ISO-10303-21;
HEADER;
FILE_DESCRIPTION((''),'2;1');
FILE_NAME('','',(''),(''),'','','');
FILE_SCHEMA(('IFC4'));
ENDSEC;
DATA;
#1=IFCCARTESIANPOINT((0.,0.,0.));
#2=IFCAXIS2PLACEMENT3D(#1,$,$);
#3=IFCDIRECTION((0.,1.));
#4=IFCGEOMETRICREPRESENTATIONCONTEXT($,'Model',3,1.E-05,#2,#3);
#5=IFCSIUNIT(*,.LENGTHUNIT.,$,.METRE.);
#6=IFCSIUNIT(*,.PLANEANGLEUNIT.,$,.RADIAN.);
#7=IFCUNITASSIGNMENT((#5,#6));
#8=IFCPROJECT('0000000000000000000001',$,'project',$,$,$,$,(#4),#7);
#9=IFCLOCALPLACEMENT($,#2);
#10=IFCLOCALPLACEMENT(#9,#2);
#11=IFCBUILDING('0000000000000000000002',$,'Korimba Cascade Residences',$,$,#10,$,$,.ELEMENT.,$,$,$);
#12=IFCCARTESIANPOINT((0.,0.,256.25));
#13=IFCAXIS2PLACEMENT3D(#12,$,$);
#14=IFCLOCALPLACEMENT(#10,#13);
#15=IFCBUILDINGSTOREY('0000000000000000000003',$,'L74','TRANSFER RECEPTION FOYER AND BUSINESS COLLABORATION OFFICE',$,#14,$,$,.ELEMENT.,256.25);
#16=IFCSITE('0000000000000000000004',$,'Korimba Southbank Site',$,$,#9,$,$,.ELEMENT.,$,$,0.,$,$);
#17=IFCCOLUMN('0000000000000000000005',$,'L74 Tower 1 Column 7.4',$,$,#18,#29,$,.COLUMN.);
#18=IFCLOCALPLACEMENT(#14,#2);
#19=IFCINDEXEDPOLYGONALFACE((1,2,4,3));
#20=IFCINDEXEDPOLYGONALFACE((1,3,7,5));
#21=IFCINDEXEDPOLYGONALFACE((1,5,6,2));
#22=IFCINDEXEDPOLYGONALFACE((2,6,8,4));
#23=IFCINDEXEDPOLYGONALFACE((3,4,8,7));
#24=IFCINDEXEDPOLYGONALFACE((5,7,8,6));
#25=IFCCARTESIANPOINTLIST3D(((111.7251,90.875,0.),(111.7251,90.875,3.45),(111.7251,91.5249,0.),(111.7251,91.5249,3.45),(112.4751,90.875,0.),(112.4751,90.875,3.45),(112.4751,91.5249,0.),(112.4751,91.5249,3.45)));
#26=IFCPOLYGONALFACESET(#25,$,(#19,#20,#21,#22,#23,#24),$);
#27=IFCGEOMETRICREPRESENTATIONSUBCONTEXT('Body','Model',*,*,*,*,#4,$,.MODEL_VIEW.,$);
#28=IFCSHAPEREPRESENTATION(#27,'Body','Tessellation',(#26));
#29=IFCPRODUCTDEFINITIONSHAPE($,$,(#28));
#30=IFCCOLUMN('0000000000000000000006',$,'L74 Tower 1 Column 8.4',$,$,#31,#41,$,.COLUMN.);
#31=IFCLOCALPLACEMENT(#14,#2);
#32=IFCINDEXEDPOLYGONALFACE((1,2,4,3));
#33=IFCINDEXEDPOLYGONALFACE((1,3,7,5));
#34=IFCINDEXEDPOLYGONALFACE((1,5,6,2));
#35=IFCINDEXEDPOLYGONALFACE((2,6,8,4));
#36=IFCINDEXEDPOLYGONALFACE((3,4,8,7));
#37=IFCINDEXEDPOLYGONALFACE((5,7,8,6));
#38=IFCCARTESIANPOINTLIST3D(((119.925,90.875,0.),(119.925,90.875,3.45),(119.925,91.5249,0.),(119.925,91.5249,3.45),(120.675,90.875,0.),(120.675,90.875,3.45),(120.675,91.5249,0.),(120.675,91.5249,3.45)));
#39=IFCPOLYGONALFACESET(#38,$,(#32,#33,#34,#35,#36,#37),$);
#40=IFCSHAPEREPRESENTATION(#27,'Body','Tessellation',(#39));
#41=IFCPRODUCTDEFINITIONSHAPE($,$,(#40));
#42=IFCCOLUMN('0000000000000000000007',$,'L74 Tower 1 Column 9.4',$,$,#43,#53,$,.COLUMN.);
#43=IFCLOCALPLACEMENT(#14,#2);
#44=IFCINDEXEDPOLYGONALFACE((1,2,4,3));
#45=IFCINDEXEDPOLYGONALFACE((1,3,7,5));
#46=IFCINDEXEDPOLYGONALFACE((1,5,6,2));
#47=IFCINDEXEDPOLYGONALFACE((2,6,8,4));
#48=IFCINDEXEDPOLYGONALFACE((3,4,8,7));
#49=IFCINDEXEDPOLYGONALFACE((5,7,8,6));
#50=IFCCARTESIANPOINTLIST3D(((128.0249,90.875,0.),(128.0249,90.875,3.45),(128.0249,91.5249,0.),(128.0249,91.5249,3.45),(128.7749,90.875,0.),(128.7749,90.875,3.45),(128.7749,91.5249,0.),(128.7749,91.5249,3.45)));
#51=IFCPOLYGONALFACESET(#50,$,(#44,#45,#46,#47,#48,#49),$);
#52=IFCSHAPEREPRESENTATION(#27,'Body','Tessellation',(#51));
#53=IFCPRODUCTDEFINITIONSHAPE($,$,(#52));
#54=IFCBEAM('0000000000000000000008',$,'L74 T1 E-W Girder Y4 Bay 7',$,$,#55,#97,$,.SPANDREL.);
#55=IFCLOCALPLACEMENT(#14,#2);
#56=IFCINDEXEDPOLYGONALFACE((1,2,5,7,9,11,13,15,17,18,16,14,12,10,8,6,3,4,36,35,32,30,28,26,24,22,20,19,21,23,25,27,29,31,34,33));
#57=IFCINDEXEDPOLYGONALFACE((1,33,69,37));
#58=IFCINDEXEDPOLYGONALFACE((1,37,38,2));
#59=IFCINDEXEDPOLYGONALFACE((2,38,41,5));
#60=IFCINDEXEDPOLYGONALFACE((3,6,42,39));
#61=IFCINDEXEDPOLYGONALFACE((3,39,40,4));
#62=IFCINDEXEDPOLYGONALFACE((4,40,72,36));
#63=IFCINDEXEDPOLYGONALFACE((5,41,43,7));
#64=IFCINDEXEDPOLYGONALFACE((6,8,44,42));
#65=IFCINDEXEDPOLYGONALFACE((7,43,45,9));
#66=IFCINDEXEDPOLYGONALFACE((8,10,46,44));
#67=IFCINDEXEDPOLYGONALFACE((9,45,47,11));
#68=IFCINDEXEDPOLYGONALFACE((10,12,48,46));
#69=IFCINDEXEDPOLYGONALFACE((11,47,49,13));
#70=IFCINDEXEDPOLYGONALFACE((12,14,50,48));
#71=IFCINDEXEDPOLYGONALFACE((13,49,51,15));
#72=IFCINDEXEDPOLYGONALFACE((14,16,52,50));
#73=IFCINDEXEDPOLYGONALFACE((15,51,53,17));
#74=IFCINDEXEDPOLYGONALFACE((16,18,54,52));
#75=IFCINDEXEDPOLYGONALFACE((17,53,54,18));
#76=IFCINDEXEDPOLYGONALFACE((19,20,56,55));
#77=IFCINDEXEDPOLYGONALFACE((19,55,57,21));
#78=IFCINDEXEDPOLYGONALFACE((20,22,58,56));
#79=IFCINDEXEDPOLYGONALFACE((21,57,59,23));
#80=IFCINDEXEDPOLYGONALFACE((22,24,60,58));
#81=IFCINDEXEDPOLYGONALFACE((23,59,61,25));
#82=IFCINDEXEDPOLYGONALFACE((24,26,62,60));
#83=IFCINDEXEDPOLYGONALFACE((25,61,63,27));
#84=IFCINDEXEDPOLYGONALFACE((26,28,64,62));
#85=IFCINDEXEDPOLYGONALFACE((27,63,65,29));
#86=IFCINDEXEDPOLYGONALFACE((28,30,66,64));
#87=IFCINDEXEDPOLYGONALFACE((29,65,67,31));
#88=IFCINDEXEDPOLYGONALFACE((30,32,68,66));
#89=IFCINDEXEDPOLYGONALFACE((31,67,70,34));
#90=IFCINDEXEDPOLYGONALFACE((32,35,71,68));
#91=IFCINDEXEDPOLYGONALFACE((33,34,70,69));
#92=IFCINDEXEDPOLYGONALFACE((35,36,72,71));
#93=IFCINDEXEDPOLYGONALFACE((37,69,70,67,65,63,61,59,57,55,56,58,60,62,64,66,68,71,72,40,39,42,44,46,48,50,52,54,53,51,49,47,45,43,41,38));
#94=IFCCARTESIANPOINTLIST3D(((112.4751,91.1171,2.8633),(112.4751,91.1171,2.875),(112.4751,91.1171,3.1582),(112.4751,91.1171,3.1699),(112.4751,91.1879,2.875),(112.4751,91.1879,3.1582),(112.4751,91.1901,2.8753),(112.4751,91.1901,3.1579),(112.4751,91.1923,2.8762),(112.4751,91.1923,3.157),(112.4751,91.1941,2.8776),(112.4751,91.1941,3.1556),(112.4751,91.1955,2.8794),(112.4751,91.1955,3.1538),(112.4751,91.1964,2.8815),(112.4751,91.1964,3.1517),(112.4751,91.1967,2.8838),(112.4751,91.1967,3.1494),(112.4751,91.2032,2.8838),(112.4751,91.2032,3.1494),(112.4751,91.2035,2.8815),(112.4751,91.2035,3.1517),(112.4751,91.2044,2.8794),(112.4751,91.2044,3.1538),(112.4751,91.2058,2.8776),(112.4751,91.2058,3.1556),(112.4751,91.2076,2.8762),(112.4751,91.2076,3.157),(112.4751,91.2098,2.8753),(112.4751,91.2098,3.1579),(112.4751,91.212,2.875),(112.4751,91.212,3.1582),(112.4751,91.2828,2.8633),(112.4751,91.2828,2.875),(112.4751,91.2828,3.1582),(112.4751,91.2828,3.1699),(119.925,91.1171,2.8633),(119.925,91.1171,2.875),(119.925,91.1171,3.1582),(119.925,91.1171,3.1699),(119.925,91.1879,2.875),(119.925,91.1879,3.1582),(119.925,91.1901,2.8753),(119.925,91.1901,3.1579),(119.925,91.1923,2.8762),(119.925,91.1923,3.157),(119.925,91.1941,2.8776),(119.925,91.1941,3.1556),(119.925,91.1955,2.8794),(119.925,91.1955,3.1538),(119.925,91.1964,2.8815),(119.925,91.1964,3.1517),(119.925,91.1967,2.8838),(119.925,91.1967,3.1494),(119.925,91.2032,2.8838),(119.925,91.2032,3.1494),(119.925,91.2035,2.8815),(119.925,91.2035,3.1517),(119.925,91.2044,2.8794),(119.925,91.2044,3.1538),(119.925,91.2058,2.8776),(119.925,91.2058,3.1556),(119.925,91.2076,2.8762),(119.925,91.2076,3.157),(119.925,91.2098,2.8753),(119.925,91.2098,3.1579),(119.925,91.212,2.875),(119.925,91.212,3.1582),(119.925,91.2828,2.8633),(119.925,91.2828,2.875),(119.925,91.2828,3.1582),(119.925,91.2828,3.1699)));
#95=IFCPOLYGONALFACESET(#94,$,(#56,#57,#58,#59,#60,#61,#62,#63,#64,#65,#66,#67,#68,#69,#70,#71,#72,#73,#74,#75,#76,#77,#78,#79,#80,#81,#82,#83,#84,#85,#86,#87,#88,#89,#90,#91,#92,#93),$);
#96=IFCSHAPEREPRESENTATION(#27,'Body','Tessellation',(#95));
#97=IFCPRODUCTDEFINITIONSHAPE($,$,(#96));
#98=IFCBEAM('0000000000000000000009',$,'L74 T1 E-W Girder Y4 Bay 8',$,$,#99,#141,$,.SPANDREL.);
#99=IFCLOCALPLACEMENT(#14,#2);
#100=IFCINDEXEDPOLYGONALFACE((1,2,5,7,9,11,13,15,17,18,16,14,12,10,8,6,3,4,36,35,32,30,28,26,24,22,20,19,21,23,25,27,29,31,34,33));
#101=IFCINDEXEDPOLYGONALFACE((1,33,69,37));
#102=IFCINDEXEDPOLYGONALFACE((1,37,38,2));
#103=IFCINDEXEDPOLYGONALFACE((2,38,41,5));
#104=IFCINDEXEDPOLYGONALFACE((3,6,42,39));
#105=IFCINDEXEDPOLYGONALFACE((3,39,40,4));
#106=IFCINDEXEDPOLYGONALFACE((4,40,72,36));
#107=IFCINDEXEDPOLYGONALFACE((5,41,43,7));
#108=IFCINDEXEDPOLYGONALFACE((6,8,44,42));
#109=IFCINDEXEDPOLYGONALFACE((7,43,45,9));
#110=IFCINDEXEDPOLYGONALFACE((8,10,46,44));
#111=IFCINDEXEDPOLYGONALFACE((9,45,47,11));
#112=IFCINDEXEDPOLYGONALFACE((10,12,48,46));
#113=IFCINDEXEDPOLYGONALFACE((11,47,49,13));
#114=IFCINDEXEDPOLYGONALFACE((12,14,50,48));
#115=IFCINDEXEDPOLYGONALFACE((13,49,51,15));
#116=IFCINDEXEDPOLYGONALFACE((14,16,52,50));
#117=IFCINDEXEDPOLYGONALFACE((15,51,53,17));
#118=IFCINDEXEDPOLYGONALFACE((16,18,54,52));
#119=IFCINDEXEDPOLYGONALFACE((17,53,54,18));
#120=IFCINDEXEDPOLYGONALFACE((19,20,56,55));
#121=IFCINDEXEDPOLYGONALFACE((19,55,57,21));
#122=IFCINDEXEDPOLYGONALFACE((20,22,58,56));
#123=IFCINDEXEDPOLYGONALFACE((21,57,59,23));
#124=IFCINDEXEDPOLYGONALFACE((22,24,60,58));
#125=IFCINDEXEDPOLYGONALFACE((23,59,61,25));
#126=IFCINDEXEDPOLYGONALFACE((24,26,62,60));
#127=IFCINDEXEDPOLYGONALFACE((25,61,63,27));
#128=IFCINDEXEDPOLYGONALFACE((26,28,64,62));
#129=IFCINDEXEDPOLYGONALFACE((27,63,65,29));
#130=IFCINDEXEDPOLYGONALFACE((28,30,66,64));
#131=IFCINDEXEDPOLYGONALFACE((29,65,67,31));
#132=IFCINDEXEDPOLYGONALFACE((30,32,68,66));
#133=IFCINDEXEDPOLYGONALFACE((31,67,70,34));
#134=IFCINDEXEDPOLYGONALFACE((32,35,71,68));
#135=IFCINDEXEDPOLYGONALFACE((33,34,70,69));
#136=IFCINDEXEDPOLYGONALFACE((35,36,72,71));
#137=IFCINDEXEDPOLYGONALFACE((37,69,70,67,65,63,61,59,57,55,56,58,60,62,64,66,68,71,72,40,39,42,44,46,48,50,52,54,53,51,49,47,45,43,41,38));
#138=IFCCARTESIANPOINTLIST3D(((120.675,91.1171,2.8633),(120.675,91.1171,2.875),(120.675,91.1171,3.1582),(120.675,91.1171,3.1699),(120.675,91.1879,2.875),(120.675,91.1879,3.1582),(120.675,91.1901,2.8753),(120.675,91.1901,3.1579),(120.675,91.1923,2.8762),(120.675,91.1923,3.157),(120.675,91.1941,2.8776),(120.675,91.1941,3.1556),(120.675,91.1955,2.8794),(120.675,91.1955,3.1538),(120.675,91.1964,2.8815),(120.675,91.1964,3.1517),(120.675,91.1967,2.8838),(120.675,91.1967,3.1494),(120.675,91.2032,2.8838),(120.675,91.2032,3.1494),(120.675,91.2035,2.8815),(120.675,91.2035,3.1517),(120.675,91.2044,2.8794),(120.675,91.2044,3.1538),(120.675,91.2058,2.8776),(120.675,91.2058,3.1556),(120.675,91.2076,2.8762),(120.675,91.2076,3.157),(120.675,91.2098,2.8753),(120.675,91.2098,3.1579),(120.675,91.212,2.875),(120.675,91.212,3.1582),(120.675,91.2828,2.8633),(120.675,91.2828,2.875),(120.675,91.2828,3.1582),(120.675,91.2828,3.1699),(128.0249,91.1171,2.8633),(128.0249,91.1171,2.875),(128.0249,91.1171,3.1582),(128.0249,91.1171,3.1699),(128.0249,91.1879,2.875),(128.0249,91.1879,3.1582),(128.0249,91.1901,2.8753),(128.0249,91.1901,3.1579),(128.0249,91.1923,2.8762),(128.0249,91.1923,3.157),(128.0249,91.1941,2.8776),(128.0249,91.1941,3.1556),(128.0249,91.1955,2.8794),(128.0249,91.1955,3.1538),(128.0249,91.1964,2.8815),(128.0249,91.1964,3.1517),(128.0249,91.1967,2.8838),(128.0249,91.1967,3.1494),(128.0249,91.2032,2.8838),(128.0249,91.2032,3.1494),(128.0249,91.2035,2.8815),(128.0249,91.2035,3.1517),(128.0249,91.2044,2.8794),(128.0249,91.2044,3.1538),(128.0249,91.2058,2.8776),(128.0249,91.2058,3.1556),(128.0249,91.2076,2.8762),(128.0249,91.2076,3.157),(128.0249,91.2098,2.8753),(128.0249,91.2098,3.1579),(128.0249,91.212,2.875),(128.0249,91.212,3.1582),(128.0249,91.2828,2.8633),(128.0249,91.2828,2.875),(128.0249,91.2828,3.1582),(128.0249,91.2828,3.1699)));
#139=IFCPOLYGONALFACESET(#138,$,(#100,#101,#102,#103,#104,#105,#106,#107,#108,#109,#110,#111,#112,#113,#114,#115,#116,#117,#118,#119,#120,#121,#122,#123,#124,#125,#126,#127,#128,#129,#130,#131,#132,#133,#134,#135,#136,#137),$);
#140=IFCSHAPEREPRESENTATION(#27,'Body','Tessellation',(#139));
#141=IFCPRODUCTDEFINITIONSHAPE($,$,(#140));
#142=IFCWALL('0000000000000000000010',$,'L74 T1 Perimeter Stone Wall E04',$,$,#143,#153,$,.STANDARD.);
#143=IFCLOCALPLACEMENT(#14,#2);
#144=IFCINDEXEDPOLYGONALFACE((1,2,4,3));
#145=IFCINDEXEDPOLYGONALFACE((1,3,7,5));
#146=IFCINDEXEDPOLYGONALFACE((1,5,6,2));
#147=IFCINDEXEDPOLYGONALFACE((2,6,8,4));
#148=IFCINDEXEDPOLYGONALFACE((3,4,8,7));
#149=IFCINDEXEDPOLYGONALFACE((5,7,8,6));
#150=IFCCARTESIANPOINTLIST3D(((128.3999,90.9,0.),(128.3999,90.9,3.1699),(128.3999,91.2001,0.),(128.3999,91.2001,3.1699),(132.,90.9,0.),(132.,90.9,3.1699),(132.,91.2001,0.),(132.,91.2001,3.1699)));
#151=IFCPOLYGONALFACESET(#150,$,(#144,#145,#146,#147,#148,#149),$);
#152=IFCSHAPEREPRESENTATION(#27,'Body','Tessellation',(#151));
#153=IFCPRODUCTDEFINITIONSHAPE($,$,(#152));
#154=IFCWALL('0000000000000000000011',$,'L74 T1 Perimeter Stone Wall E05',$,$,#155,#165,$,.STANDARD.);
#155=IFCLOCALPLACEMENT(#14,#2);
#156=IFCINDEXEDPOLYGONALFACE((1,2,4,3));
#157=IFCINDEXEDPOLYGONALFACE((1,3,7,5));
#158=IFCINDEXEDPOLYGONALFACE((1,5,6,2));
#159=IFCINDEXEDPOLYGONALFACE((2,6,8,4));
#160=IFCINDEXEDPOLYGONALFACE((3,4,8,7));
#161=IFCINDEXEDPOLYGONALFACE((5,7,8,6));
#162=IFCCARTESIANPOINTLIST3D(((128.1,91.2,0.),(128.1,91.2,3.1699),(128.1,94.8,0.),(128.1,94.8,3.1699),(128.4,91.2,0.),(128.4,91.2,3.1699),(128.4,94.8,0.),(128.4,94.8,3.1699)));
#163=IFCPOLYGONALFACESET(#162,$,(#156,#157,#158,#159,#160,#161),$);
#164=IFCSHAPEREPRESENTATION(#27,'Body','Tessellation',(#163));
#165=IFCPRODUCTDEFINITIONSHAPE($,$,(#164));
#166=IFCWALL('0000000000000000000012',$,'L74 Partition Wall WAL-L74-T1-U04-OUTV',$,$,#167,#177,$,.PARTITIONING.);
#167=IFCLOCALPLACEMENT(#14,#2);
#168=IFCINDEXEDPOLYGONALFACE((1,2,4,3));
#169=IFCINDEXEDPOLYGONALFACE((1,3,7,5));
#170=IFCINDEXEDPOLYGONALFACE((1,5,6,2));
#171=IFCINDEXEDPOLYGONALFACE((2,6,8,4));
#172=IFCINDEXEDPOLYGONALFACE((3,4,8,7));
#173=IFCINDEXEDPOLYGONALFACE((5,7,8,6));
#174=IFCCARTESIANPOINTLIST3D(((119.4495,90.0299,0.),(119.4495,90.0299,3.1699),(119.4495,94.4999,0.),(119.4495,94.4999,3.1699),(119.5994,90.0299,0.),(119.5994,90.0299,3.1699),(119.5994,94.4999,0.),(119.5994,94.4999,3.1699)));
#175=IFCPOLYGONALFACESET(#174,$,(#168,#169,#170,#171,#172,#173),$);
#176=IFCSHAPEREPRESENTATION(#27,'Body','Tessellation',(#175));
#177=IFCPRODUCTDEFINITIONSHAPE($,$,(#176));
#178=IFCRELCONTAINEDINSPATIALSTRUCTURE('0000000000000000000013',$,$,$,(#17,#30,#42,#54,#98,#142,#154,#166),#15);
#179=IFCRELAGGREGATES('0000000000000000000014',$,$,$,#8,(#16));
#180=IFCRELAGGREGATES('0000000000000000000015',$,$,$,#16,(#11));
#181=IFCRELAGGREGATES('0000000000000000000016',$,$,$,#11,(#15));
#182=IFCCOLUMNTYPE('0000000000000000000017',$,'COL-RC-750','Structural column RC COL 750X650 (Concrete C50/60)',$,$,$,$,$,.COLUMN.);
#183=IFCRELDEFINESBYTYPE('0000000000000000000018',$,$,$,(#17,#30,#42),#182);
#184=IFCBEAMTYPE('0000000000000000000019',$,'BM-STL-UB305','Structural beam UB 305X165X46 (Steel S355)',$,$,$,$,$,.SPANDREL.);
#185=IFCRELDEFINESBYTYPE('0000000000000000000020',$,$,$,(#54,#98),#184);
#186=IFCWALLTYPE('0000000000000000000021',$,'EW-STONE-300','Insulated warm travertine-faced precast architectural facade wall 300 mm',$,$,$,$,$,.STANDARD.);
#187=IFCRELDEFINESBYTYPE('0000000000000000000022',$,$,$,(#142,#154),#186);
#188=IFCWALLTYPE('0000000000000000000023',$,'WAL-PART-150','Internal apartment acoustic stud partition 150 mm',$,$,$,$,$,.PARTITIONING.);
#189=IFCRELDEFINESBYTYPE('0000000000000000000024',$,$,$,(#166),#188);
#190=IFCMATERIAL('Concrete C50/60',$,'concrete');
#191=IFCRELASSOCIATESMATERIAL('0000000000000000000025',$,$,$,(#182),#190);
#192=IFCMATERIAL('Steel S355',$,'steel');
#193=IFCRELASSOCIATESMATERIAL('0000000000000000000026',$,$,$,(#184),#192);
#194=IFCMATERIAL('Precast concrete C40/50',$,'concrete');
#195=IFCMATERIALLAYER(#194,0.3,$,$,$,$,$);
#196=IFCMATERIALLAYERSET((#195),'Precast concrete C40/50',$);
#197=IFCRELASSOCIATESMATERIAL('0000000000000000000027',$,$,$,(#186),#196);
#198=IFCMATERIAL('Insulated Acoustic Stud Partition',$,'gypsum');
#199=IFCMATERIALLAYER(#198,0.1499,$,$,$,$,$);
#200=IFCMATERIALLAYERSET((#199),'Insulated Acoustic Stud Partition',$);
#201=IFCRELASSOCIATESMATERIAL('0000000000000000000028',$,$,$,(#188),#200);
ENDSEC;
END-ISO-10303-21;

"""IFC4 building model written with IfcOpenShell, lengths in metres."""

from ifc_helpers import new_model, si_unit, direction, frame, frame_2d, origin, origin_2d, place, context, subcontext, project, spatial, rectangle, i_section, extrude, material, layer, layer_set, material_profile, profile_set, type_object, element, save


model = new_model("IFC4")

# Units and contexts
model_context = context("Model", 3, precision=1e-05, world=origin(), true_north=direction((0.0, 1.0)))
body_context = subcontext(model_context, "Body", "Model", "MODEL_VIEW")
ifc_project = project(units=[si_unit("LENGTHUNIT", "METRE"), si_unit("PLANEANGLEUNIT", "RADIAN")], contexts=[model_context])

# Site, building, storey
site_placement = place(None, origin())
site = spatial("IfcSite", under=ifc_project, at=site_placement, Name="Korimba Southbank Site", CompositionType="ELEMENT", RefElevation=0.0)
building_placement = place(site_placement, origin())
building = spatial("IfcBuilding", under=site, at=building_placement, Name="Korimba Cascade Residences", CompositionType="ELEMENT")
storey_placement = place(building_placement, frame((0.0, 0.0, 256.25)))
storey = spatial("IfcBuildingStorey", under=building, at=storey_placement, Name="L74", Description="TRANSFER RECEPTION FOYER AND BUSINESS COLLABORATION OFFICE", CompositionType="ELEMENT", Elevation=256.25)

# Columns
ifc_material_1 = material(Name="Concrete C50/60", Category="concrete")
ifc_material_profile_1 = material_profile(ifc_material_1, rectangle(XDim=0.75, YDim=0.6499, at=origin_2d()), Name="Concrete C50/60")
ifc_profile_set_1 = profile_set([ifc_material_profile_1], Name="Concrete C50/60")
column_type = type_object("IfcColumnType", Name="COL-RC-750", Description="Structural column RC COL 750X650 (Concrete C50/60)", PredefinedType="COLUMN", material=ifc_profile_set_1)
for number, where, z_axis, x_axis, name in (
    (1, (112.1001, 91.2, 0.0), (0.0, 0.0, 1.0), (1.0, 0.0, 0.0), "L74 Tower 1 Column 7.4"),
    (2, (120.3, 91.2, 0.0), (0.0, 0.0, 1.0), (1.0, 0.0, 0.0), "L74 Tower 1 Column 8.4"),
    (3, (128.3999, 91.2, 0.0), (0.0, 0.0, 1.0), (1.0, 0.0, 0.0), "L74 Tower 1 Column 9.4"),
):
    element("IfcColumn", number, at=place(storey_placement, frame(where, z_axis=z_axis, x_axis=x_axis)), inside=storey, type_object=column_type, Name=name, PredefinedType="COLUMN", context=body_context, shape_type="SweptSolid", body=[
        extrude(rectangle(XDim=0.75, YDim=0.6499, at=origin_2d()), origin(), (0.0, 0.0, 1.0), 3.45),
    ])

# Beams
ifc_material_2 = material(Name="Steel S355", Category="steel")
ifc_material_profile_2 = material_profile(ifc_material_2, i_section(OverallWidth=0.1658, OverallDepth=0.3066, WebThickness=0.0066, FlangeThickness=0.0117, FilletRadius=0.0088, at=origin_2d()), Name="Steel S355")
ifc_profile_set_2 = profile_set([ifc_material_profile_2], Name="Steel S355")
beam_type = type_object("IfcBeamType", Name="BM-STL-UB305", Description="Structural beam UB 305X165X46 (Steel S355)", PredefinedType="SPANDREL", material=ifc_profile_set_2)
beam_1_placement = place(storey_placement, frame((112.4751, 91.2, 3.0166), z_axis=(1.0, 0.0, 0.0), x_axis=(0.0, 1.0, 0.0)))
element("IfcBeam", 4, at=beam_1_placement, inside=storey, type_object=beam_type, Name="L74 T1 E-W Girder Y4 Bay 7", PredefinedType="SPANDREL", context=body_context, shape_type="SweptSolid", body=[
    extrude(i_section(OverallWidth=0.1658, OverallDepth=0.3066, WebThickness=0.0066, FlangeThickness=0.0117, FilletRadius=0.0088, at=origin_2d()), origin(), (0.0, 0.0, 1.0), 7.45),
])
beam_2_placement = place(storey_placement, frame((120.675, 91.2, 3.0166), z_axis=(1.0, 0.0, 0.0), x_axis=(0.0, 1.0, 0.0)))
element("IfcBeam", 5, at=beam_2_placement, inside=storey, type_object=beam_type, Name="L74 T1 E-W Girder Y4 Bay 8", PredefinedType="SPANDREL", context=body_context, shape_type="SweptSolid", body=[
    extrude(i_section(OverallWidth=0.1658, OverallDepth=0.3066, WebThickness=0.0066, FlangeThickness=0.0117, FilletRadius=0.0088, at=origin_2d()), origin(), (0.0, 0.0, 1.0), 7.3499),
])

# Shared definitions
ifc_material_3 = material(Name="Precast concrete C40/50", Category="concrete")

# Walls
ifc_layer_1 = layer(ifc_material_3, 0.3)
ifc_layer_set_1 = layer_set([ifc_layer_1], Name="Precast concrete C40/50")
wall_type_1 = type_object("IfcWallType", Name="EW-STONE-300", Description="Insulated warm travertine-faced precast architectural facade wall 300 mm", PredefinedType="STANDARD", material=ifc_layer_set_1)
for number, where, z_axis, x_axis, name in (
    (6, (132.0, 91.05, 0.0), (0.0, 0.0, 1.0), (-1.0, 0.0, 0.0), "L74 T1 Perimeter Stone Wall E04"),
    (7, (128.25, 91.2, 0.0), (0.0, 0.0, 1.0), (0.0, 1.0, 0.0), "L74 T1 Perimeter Stone Wall E05"),
):
    element("IfcWall", number, at=place(storey_placement, frame(where, z_axis=z_axis, x_axis=x_axis)), inside=storey, type_object=wall_type_1, Name=name, PredefinedType="STANDARD", context=body_context, shape_type="SweptSolid", body=[
        extrude(rectangle(XDim=3.6001, YDim=0.3, at=frame_2d((1.8, 0.0))), origin(), (0.0, 0.0, 1.0), 3.1699),
    ])
ifc_material_4 = material(Name="Insulated Acoustic Stud Partition", Category="gypsum")
ifc_layer_2 = layer(ifc_material_4, 0.1499)
ifc_layer_set_2 = layer_set([ifc_layer_2], Name="Insulated Acoustic Stud Partition")
wall_type_2 = type_object("IfcWallType", Name="WAL-PART-150", Description="Internal apartment acoustic stud partition 150 mm", PredefinedType="PARTITIONING", material=ifc_layer_set_2)
wall_1_placement = place(storey_placement, frame((119.5244, 90.03, 0.0), z_axis=(0.0, 0.0, 1.0), x_axis=(0.0, 1.0, 0.0)))
element("IfcWall", 8, at=wall_1_placement, inside=storey, type_object=wall_type_2, Name="L74 Partition Wall WAL-L74-T1-U04-OUTV", PredefinedType="PARTITIONING", context=body_context, shape_type="SweptSolid", body=[
    extrude(rectangle(XDim=4.47, YDim=0.1499, at=frame_2d((2.2349, 0.0))), origin(), (0.0, 0.0, 1.0), 3.1699),
])

save(model, "model.ifc")
